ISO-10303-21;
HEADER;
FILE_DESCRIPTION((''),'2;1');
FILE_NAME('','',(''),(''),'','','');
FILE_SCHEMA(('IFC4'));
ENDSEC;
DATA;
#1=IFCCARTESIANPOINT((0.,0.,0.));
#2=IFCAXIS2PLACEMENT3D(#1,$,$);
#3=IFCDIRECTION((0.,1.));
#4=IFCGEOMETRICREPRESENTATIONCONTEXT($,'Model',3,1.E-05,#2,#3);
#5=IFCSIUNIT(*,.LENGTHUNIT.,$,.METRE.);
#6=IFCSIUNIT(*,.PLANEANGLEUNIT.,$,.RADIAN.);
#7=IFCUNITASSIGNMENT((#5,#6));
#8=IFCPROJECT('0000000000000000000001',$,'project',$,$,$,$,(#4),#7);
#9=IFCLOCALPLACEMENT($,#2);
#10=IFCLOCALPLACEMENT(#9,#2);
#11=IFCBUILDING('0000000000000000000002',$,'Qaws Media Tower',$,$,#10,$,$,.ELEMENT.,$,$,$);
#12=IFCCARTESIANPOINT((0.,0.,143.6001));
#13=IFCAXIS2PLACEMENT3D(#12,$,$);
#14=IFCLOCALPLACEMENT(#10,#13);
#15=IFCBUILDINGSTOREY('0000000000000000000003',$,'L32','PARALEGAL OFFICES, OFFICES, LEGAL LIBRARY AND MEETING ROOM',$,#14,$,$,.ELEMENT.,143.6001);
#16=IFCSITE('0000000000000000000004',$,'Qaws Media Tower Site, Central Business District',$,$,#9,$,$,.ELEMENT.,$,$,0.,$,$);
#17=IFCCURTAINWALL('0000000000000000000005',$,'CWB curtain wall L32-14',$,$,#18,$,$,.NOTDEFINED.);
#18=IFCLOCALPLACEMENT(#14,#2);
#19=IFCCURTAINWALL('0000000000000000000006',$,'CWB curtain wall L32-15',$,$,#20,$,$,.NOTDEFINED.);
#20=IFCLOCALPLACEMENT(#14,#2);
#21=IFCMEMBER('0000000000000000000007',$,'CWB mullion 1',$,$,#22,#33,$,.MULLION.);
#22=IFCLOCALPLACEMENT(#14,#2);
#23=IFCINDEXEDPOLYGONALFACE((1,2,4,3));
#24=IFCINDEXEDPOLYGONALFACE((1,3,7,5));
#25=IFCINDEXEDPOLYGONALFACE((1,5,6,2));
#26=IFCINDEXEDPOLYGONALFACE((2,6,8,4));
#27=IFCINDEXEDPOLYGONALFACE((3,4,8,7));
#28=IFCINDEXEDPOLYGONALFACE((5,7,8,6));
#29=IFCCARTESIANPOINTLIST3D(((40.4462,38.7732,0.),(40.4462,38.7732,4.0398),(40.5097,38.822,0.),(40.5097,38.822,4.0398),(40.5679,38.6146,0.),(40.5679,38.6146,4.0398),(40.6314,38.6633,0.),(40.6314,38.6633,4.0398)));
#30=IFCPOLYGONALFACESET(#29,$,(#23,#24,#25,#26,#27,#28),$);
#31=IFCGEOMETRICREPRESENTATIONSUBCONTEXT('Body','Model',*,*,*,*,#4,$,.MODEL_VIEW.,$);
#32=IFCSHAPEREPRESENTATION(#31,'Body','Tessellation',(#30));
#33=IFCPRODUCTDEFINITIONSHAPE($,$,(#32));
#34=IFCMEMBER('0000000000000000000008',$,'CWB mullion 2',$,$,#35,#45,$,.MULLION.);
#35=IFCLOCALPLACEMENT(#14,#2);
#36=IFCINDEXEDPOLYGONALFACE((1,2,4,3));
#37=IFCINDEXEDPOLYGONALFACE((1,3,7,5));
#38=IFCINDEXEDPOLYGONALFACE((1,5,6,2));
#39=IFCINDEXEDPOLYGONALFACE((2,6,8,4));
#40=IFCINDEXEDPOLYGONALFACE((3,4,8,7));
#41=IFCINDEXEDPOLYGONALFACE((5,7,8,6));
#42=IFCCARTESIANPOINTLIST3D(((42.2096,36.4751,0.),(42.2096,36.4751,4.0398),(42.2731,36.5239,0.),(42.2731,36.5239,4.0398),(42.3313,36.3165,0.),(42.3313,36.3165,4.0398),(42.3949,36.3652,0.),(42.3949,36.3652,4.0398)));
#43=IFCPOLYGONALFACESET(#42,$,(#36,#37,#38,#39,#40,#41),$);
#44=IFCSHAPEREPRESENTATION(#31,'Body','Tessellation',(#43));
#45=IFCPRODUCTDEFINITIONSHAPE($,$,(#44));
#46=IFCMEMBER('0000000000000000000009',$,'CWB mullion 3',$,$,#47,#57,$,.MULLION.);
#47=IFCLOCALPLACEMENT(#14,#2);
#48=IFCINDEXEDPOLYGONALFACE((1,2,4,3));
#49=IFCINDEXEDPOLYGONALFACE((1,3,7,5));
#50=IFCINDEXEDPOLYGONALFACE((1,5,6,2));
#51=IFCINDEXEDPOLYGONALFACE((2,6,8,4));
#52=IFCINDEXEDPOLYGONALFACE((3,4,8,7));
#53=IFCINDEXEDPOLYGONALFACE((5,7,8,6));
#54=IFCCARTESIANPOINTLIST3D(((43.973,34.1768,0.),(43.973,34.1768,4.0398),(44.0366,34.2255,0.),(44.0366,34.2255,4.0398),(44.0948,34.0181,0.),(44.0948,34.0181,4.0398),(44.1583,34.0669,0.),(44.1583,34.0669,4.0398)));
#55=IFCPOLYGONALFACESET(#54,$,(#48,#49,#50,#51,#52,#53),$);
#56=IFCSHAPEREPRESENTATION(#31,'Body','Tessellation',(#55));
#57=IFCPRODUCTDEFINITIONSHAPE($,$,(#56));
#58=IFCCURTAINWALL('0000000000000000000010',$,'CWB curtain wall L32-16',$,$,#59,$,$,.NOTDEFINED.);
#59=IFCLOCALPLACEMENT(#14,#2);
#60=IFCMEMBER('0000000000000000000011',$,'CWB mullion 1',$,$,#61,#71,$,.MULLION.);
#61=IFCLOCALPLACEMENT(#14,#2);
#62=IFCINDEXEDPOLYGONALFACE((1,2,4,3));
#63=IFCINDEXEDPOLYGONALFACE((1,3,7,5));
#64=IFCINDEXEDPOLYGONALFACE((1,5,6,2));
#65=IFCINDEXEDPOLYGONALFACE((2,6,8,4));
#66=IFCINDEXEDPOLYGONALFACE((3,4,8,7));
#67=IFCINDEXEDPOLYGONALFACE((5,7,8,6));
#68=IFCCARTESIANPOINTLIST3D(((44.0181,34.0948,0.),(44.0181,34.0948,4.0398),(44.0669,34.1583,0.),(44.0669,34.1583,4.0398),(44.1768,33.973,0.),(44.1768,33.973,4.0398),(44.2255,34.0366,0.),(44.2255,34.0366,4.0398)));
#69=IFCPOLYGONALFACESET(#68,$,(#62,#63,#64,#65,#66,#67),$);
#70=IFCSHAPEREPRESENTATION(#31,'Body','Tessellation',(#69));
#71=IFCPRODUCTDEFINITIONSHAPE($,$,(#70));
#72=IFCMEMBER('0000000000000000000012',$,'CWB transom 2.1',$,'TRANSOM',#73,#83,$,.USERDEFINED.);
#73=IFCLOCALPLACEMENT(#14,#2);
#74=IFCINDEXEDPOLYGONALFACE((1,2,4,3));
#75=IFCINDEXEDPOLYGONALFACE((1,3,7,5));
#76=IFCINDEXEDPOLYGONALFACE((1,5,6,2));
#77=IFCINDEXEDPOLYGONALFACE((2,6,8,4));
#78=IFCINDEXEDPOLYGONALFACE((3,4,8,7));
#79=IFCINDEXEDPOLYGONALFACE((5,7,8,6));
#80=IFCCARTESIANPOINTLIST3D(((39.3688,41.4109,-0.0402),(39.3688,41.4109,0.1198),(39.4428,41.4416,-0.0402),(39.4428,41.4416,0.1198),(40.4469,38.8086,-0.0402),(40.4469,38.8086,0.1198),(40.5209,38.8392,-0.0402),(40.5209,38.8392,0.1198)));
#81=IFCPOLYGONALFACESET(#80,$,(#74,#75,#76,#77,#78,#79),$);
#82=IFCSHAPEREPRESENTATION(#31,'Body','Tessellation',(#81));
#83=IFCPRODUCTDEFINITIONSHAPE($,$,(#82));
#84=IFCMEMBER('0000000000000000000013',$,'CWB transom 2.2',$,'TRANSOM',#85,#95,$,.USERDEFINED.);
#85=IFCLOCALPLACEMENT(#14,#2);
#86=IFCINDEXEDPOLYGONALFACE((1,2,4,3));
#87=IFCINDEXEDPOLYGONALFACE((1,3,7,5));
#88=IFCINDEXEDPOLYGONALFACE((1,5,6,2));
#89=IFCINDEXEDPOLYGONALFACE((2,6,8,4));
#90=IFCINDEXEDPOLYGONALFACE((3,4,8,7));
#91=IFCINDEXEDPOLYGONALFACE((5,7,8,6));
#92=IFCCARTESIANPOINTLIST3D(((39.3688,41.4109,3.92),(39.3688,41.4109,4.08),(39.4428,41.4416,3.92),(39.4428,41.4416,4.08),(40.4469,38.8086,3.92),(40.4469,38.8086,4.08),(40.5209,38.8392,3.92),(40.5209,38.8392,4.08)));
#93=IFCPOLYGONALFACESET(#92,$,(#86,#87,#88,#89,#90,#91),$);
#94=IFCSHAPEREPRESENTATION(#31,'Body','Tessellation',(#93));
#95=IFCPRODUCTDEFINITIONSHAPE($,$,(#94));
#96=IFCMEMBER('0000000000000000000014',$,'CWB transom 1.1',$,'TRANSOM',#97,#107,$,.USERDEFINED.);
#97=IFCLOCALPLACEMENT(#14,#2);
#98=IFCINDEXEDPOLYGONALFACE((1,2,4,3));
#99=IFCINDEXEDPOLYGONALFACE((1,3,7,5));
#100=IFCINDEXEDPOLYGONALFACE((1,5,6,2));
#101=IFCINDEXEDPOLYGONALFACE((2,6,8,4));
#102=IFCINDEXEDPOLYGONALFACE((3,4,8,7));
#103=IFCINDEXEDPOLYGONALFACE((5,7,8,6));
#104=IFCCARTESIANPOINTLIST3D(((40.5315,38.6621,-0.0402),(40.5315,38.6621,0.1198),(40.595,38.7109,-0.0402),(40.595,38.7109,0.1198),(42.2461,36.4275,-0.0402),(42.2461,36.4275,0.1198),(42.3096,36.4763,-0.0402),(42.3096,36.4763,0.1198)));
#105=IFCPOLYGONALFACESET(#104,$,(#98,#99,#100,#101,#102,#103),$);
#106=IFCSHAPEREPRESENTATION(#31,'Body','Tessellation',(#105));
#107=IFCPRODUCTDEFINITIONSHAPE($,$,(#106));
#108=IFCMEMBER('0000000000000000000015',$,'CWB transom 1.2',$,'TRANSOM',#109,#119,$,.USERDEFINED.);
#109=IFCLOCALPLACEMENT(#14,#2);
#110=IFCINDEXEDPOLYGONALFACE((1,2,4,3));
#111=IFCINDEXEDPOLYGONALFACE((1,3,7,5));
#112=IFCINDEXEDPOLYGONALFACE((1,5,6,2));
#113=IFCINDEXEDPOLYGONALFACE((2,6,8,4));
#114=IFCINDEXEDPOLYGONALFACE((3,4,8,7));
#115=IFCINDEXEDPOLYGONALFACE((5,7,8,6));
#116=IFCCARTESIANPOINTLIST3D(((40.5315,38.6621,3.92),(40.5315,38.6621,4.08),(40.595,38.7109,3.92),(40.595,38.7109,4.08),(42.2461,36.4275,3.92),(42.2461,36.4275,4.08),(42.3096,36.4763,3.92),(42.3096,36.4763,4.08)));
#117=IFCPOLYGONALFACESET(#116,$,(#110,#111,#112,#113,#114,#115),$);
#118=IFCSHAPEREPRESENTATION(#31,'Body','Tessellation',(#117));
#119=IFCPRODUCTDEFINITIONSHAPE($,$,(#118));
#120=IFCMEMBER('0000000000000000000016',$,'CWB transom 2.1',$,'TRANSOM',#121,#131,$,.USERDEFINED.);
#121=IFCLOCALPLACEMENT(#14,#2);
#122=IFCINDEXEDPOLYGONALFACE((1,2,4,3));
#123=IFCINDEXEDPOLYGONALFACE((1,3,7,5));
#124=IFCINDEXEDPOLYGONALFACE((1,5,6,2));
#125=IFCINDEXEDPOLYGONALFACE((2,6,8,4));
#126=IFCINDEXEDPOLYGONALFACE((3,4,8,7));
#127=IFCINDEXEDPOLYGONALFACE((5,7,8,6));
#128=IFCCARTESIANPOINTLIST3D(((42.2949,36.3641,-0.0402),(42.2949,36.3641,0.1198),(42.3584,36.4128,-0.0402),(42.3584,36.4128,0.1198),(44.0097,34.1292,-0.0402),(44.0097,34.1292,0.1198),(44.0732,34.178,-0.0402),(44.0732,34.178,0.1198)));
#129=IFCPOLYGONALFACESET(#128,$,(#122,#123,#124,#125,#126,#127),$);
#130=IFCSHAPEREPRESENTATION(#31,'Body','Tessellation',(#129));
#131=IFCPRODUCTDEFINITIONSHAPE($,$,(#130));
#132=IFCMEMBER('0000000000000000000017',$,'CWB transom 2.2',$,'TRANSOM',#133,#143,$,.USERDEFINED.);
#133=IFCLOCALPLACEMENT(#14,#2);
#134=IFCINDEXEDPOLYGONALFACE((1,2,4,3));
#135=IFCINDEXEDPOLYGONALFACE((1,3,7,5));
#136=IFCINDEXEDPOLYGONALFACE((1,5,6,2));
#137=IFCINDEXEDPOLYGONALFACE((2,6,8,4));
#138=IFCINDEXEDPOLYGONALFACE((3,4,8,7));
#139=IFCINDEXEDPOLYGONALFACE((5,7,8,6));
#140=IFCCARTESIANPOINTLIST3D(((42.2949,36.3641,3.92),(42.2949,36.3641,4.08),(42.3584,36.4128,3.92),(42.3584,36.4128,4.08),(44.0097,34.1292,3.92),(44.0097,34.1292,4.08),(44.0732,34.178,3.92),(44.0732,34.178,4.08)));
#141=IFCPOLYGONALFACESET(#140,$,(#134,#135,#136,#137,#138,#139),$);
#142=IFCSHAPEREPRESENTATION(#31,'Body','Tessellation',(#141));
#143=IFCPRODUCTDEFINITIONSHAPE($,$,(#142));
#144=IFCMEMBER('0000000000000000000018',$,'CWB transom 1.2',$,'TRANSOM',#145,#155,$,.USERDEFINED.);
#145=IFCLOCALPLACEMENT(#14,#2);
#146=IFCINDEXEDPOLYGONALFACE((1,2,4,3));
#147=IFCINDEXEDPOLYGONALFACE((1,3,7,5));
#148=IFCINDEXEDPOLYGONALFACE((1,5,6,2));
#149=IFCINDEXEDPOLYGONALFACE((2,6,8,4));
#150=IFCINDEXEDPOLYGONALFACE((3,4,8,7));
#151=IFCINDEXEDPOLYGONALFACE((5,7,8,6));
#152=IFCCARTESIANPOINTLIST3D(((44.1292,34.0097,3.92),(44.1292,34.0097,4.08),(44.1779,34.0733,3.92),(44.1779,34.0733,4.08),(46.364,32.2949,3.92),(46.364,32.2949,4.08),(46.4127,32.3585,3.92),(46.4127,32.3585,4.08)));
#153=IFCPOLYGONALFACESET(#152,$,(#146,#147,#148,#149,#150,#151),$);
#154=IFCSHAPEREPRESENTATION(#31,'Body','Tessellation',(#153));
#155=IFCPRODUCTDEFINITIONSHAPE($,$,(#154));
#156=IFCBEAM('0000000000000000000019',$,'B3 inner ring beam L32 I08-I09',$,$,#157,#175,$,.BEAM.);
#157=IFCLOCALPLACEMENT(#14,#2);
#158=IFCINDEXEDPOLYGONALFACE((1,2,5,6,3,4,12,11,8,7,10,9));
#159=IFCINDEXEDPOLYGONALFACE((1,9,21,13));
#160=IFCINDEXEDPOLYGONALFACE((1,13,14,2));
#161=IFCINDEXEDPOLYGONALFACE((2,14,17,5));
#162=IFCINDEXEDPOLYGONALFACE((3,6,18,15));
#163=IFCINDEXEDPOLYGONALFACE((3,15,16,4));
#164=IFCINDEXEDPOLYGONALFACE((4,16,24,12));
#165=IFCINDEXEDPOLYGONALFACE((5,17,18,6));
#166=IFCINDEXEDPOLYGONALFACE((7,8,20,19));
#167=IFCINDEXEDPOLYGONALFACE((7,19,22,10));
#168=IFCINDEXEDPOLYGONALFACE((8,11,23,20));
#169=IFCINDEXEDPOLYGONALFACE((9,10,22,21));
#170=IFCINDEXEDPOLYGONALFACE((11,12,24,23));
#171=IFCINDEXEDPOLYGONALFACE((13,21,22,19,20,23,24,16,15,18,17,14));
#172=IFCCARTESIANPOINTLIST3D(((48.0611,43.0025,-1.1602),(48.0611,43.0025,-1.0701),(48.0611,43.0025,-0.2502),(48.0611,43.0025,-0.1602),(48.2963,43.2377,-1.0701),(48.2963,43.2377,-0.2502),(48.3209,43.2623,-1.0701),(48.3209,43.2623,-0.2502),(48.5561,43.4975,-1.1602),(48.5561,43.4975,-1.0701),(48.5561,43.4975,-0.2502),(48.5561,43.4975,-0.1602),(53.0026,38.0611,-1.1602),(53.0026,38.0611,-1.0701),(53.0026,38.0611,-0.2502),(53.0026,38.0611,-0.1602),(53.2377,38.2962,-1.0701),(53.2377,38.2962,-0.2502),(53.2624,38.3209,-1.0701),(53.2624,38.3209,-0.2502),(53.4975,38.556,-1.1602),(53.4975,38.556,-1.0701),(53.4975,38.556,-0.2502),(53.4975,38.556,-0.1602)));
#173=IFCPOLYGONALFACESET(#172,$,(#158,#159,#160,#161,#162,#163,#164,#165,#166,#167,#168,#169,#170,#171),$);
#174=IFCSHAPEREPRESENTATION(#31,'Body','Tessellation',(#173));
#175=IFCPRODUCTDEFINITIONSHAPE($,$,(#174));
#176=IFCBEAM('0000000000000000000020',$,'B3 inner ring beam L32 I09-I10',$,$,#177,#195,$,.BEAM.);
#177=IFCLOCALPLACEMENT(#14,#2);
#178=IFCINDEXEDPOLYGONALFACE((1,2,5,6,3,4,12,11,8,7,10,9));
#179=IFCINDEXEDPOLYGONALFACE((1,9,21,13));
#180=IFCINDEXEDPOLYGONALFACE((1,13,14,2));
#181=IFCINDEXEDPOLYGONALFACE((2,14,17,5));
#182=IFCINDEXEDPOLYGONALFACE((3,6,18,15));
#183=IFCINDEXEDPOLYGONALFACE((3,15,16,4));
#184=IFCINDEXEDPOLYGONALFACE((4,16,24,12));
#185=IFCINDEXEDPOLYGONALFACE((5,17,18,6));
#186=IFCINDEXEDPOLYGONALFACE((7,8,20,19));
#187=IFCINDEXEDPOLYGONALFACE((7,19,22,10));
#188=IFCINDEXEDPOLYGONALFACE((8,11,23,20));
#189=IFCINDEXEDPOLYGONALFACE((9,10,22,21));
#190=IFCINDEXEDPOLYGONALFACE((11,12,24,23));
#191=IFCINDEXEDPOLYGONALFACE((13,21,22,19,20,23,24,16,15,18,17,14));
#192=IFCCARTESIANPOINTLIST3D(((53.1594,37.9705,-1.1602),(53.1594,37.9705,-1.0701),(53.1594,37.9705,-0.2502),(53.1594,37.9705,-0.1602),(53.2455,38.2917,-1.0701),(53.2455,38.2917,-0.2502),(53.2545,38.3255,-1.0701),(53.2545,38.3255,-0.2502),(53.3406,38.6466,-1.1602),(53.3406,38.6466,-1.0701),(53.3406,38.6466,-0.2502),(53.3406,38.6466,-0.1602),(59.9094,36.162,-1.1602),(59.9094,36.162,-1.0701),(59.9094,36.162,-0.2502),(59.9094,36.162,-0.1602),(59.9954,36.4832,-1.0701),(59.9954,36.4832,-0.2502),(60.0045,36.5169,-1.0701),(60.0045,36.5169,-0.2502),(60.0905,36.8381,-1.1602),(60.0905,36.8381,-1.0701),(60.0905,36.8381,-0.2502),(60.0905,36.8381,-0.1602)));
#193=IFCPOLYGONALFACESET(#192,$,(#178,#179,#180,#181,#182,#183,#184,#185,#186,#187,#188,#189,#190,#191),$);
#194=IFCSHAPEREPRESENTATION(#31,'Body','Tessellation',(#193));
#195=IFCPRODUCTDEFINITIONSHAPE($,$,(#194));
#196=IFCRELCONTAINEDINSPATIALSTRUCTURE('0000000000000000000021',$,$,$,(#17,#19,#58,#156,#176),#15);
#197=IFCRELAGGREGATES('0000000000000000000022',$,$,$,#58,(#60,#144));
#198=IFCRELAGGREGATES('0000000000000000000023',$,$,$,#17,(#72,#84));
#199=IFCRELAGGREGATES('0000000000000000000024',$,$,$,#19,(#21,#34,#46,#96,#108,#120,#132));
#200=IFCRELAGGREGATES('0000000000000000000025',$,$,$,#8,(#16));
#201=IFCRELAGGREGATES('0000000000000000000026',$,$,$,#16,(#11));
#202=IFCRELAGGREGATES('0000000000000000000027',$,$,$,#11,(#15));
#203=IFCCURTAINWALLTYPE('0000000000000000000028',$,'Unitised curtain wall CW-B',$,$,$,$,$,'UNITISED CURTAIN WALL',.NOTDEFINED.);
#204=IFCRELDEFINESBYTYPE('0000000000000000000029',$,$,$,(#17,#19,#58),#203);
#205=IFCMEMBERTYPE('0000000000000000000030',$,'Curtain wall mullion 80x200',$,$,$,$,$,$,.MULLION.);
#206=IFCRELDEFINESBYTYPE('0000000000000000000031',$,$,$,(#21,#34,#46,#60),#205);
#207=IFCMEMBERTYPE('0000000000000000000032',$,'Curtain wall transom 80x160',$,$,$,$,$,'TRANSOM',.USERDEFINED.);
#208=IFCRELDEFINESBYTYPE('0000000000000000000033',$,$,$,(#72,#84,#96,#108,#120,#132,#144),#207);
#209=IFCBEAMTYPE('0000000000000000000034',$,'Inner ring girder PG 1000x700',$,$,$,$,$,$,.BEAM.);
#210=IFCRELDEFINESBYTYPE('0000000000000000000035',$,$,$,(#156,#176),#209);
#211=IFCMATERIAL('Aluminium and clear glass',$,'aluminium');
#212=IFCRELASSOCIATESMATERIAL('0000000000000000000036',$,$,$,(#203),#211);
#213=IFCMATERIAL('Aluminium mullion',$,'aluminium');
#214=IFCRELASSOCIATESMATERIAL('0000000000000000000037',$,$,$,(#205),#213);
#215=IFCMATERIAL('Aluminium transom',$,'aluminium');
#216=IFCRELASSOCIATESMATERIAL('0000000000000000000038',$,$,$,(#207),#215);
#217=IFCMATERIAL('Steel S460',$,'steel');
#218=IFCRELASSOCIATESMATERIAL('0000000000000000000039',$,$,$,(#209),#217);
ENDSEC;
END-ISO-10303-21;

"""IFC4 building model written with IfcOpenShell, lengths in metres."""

from ifc_helpers import new_model, si_unit, direction, frame, origin, origin_2d, place, context, subcontext, project, spatial, rectangle, i_section, extrude, material, material_profile, profile_set, type_object, element, aggregate, save


model = new_model("IFC4")

# Units and contexts
model_context = context("Model", 3, precision=1e-05, world=origin(), true_north=direction((0.0, 1.0)))
body_context = subcontext(model_context, "Body", "Model", "MODEL_VIEW")
ifc_project = project(units=[si_unit("LENGTHUNIT", "METRE"), si_unit("PLANEANGLEUNIT", "RADIAN")], contexts=[model_context])

# Site, building, storey
site_placement = place(None, origin())
site = spatial("IfcSite", under=ifc_project, at=site_placement, Name="Qaws Media Tower Site, Central Business District", CompositionType="ELEMENT", RefElevation=0.0)
building_placement = place(site_placement, origin())
building = spatial("IfcBuilding", under=site, at=building_placement, Name="Qaws Media Tower", CompositionType="ELEMENT")
storey_placement = place(building_placement, frame((0.0, 0.0, 143.6001)))
storey = spatial("IfcBuildingStorey", under=building, at=storey_placement, Name="L32", Description="PARALEGAL OFFICES, OFFICES, LEGAL LIBRARY AND MEETING ROOM", CompositionType="ELEMENT", Elevation=143.6001)

# Curtain walls, members
ifc_material_1 = material(Name="Aluminium and clear glass", Category="aluminium")
curtain_wall_type = type_object("IfcCurtainWallType", Name="Unitised curtain wall CW-B", ElementType="UNITISED CURTAIN WALL", PredefinedType="NOTDEFINED", material=ifc_material_1)
curtain_wall_1_placement = place(storey_placement, origin())
curtain_wall_1 = element("IfcCurtainWall", 1, at=curtain_wall_1_placement, inside=storey, type_object=curtain_wall_type, Name="CWB curtain wall L32-14", PredefinedType="NOTDEFINED")
ifc_material_2 = material(Name="Aluminium mullion", Category="aluminium")
ifc_material_profile_1 = material_profile(ifc_material_2, rectangle(XDim=0.0801, YDim=0.2, at=origin_2d()), Name="80x200")
ifc_profile_set_1 = profile_set([ifc_material_profile_1], Name="Aluminium mullion")
member_type_1 = type_object("IfcMemberType", Name="Curtain wall mullion 80x200", PredefinedType="MULLION", material=ifc_profile_set_1)
curtain_wall_2_placement = place(storey_placement, origin())
curtain_wall_2 = element("IfcCurtainWall", 2, at=curtain_wall_2_placement, inside=storey, type_object=curtain_wall_type, Name="CWB curtain wall L32-15", PredefinedType="NOTDEFINED")
member_1_placement = place(storey_placement, frame((40.5388, 38.7183, 0.0), z_axis=(0.0, 0.0, 1.0), x_axis=(0.793353, 0.608761, 0.0)))
member_1 = element("IfcMember", 3, at=member_1_placement, type_object=member_type_1, Name="CWB mullion 1", PredefinedType="MULLION", context=body_context, shape_type="SweptSolid", body=[
    extrude(rectangle(XDim=0.0801, YDim=0.2, at=origin_2d()), origin(), (0.0, 0.0, 1.0), 4.0398),
])
member_2_placement = place(storey_placement, frame((42.3022, 36.4202, 0.0), z_axis=(0.0, 0.0, 1.0), x_axis=(0.793353, 0.608761, 0.0)))
member_2 = element("IfcMember", 4, at=member_2_placement, type_object=member_type_1, Name="CWB mullion 2", PredefinedType="MULLION", context=body_context, shape_type="SweptSolid", body=[
    extrude(rectangle(XDim=0.0801, YDim=0.2, at=origin_2d()), origin(), (0.0, 0.0, 1.0), 4.0398),
])
member_3_placement = place(storey_placement, frame((44.0657, 34.1218, 0.0), z_axis=(0.0, 0.0, 1.0), x_axis=(0.793353, 0.608761, 0.0)))
member_3 = element("IfcMember", 5, at=member_3_placement, type_object=member_type_1, Name="CWB mullion 3", PredefinedType="MULLION", context=body_context, shape_type="SweptSolid", body=[
    extrude(rectangle(XDim=0.0801, YDim=0.2, at=origin_2d()), origin(), (0.0, 0.0, 1.0), 4.0398),
])

# Curtain wall, member
curtain_wall_3_placement = place(storey_placement, origin())
curtain_wall_3 = element("IfcCurtainWall", 6, at=curtain_wall_3_placement, inside=storey, type_object=curtain_wall_type, Name="CWB curtain wall L32-16", PredefinedType="NOTDEFINED")
member_4_placement = place(storey_placement, frame((44.1218, 34.0657, 0.0), z_axis=(0.0, 0.0, 1.0), x_axis=(0.608761, 0.793353, 0.0)))
member_4 = element("IfcMember", 7, at=member_4_placement, type_object=member_type_1, Name="CWB mullion 1", PredefinedType="MULLION", context=body_context, shape_type="SweptSolid", body=[
    extrude(rectangle(XDim=0.0801, YDim=0.2, at=origin_2d()), origin(), (0.0, 0.0, 1.0), 4.0398),
])

# Members
ifc_material_3 = material(Name="Aluminium transom", Category="aluminium")
ifc_material_profile_2 = material_profile(ifc_material_3, rectangle(XDim=0.0801, YDim=0.1599, at=origin_2d()), Name="80x160")
ifc_profile_set_2 = profile_set([ifc_material_profile_2], Name="Aluminium transom")
member_type_2 = type_object("IfcMemberType", Name="Curtain wall transom 80x160", ElementType="TRANSOM", PredefinedType="USERDEFINED", material=ifc_profile_set_2)
member_5_placement = place(storey_placement, frame((39.4058, 41.4263, 0.0398), z_axis=(0.38275, -0.923852, 0.0), x_axis=(0.923852, 0.38275, 0.0)))
member_5 = element("IfcMember", 8, at=member_5_placement, type_object=member_type_2, Name="CWB transom 2.1", ObjectType="TRANSOM", PredefinedType="USERDEFINED", context=body_context, shape_type="SweptSolid", body=[
    extrude(rectangle(XDim=0.0801, YDim=0.1599, at=origin_2d()), origin(), (0.0, 0.0, 1.0), 2.8169),
])
member_6_placement = place(storey_placement, frame((39.4058, 41.4263, 4.0), z_axis=(0.38275, -0.923852, 0.0), x_axis=(0.923852, 0.38275, 0.0)))
member_6 = element("IfcMember", 9, at=member_6_placement, type_object=member_type_2, Name="CWB transom 2.2", ObjectType="TRANSOM", PredefinedType="USERDEFINED", context=body_context, shape_type="SweptSolid", body=[
    extrude(rectangle(XDim=0.0801, YDim=0.1599, at=origin_2d()), origin(), (0.0, 0.0, 1.0), 2.8169),
])
member_7_placement = place(storey_placement, frame((40.5632, 38.6865, 0.0398), z_axis=(0.608743, -0.793368, 0.0), x_axis=(0.793368, 0.608743, 0.0)))
member_7 = element("IfcMember", 10, at=member_7_placement, type_object=member_type_2, Name="CWB transom 1.1", ObjectType="TRANSOM", PredefinedType="USERDEFINED", context=body_context, shape_type="SweptSolid", body=[
    extrude(rectangle(XDim=0.0801, YDim=0.1599, at=origin_2d()), origin(), (0.0, 0.0, 1.0), 2.8167),
])
member_8_placement = place(storey_placement, frame((40.5632, 38.6865, 4.0), z_axis=(0.608743, -0.793368, 0.0), x_axis=(0.793368, 0.608743, 0.0)))
member_8 = element("IfcMember", 11, at=member_8_placement, type_object=member_type_2, Name="CWB transom 1.2", ObjectType="TRANSOM", PredefinedType="USERDEFINED", context=body_context, shape_type="SweptSolid", body=[
    extrude(rectangle(XDim=0.0801, YDim=0.1599, at=origin_2d()), origin(), (0.0, 0.0, 1.0), 2.8167),
])
member_9_placement = place(storey_placement, frame((42.3267, 36.3884, 0.0398), z_axis=(0.608755, -0.793358, 0.0), x_axis=(0.793358, 0.608755, 0.0)))
member_9 = element("IfcMember", 12, at=member_9_placement, type_object=member_type_2, Name="CWB transom 2.1", ObjectType="TRANSOM", PredefinedType="USERDEFINED", context=body_context, shape_type="SweptSolid", body=[
    extrude(rectangle(XDim=0.0801, YDim=0.1599, at=origin_2d()), origin(), (0.0, 0.0, 1.0), 2.8169),
])
member_10_placement = place(storey_placement, frame((42.3267, 36.3884, 4.0), z_axis=(0.608755, -0.793358, 0.0), x_axis=(0.793358, 0.608755, 0.0)))
member_10 = element("IfcMember", 13, at=member_10_placement, type_object=member_type_2, Name="CWB transom 2.2", ObjectType="TRANSOM", PredefinedType="USERDEFINED", context=body_context, shape_type="SweptSolid", body=[
    extrude(rectangle(XDim=0.0801, YDim=0.1599, at=origin_2d()), origin(), (0.0, 0.0, 1.0), 2.8169),
])
member_11_placement = place(storey_placement, frame((44.1536, 34.0415, 4.0), z_axis=(0.793358, -0.608755, 0.0), x_axis=(0.608755, 0.793358, 0.0)))
member_11 = element("IfcMember", 14, at=member_11_placement, type_object=member_type_2, Name="CWB transom 1.2", ObjectType="TRANSOM", PredefinedType="USERDEFINED", context=body_context, shape_type="SweptSolid", body=[
    extrude(rectangle(XDim=0.0801, YDim=0.1599, at=origin_2d()), origin(), (0.0, 0.0, 1.0), 2.8169),
])
aggregate(curtain_wall_3, [member_4, member_11])

# Beams
ifc_material_4 = material(Name="Steel S460", Category="steel")
ifc_material_profile_3 = material_profile(ifc_material_4, i_section(OverallWidth=0.7, OverallDepth=1.0, WebThickness=0.0349, FlangeThickness=0.0901, at=origin_2d()), Name="PG 1000x700")
ifc_profile_set_3 = profile_set([ifc_material_profile_3], Name="Steel S460")
beam_type_1 = type_object("IfcBeamType", Name="Inner ring girder PG 1000x700", PredefinedType="BEAM", material=ifc_profile_set_3)
beam_1_placement = place(storey_placement, frame((48.3086, 43.25, -0.6602), z_axis=(0.707107, -0.707107, 0.0), x_axis=(0.707107, 0.707107, 0.0)))
element("IfcBeam", 15, at=beam_1_placement, inside=storey, type_object=beam_type_1, Name="B3 inner ring beam L32 I08-I09", PredefinedType="BEAM", context=body_context, shape_type="SweptSolid", body=[
    extrude(i_section(OverallWidth=0.7, OverallDepth=1.0, WebThickness=0.0349, FlangeThickness=0.0901, at=origin_2d()), origin(), (0.0, 0.0, 1.0), 6.9883),
])
beam_2_placement = place(storey_placement, frame((53.25, 38.3086, -0.6602), z_axis=(0.965928, -0.258811, 0.0), x_axis=(0.258811, 0.965928, 0.0)))
element("IfcBeam", 16, at=beam_2_placement, inside=storey, type_object=beam_type_1, Name="B3 inner ring beam L32 I09-I10", PredefinedType="BEAM", context=body_context, shape_type="SweptSolid", body=[
    extrude(i_section(OverallWidth=0.7, OverallDepth=1.0, WebThickness=0.0349, FlangeThickness=0.0901, at=origin_2d()), origin(), (0.0, 0.0, 1.0), 6.988),
])

aggregate(curtain_wall_1, [member_5, member_6])
aggregate(curtain_wall_2, [member_1, member_2, member_3, member_7, member_8, member_9, member_10])

save(model, "model.ifc")
